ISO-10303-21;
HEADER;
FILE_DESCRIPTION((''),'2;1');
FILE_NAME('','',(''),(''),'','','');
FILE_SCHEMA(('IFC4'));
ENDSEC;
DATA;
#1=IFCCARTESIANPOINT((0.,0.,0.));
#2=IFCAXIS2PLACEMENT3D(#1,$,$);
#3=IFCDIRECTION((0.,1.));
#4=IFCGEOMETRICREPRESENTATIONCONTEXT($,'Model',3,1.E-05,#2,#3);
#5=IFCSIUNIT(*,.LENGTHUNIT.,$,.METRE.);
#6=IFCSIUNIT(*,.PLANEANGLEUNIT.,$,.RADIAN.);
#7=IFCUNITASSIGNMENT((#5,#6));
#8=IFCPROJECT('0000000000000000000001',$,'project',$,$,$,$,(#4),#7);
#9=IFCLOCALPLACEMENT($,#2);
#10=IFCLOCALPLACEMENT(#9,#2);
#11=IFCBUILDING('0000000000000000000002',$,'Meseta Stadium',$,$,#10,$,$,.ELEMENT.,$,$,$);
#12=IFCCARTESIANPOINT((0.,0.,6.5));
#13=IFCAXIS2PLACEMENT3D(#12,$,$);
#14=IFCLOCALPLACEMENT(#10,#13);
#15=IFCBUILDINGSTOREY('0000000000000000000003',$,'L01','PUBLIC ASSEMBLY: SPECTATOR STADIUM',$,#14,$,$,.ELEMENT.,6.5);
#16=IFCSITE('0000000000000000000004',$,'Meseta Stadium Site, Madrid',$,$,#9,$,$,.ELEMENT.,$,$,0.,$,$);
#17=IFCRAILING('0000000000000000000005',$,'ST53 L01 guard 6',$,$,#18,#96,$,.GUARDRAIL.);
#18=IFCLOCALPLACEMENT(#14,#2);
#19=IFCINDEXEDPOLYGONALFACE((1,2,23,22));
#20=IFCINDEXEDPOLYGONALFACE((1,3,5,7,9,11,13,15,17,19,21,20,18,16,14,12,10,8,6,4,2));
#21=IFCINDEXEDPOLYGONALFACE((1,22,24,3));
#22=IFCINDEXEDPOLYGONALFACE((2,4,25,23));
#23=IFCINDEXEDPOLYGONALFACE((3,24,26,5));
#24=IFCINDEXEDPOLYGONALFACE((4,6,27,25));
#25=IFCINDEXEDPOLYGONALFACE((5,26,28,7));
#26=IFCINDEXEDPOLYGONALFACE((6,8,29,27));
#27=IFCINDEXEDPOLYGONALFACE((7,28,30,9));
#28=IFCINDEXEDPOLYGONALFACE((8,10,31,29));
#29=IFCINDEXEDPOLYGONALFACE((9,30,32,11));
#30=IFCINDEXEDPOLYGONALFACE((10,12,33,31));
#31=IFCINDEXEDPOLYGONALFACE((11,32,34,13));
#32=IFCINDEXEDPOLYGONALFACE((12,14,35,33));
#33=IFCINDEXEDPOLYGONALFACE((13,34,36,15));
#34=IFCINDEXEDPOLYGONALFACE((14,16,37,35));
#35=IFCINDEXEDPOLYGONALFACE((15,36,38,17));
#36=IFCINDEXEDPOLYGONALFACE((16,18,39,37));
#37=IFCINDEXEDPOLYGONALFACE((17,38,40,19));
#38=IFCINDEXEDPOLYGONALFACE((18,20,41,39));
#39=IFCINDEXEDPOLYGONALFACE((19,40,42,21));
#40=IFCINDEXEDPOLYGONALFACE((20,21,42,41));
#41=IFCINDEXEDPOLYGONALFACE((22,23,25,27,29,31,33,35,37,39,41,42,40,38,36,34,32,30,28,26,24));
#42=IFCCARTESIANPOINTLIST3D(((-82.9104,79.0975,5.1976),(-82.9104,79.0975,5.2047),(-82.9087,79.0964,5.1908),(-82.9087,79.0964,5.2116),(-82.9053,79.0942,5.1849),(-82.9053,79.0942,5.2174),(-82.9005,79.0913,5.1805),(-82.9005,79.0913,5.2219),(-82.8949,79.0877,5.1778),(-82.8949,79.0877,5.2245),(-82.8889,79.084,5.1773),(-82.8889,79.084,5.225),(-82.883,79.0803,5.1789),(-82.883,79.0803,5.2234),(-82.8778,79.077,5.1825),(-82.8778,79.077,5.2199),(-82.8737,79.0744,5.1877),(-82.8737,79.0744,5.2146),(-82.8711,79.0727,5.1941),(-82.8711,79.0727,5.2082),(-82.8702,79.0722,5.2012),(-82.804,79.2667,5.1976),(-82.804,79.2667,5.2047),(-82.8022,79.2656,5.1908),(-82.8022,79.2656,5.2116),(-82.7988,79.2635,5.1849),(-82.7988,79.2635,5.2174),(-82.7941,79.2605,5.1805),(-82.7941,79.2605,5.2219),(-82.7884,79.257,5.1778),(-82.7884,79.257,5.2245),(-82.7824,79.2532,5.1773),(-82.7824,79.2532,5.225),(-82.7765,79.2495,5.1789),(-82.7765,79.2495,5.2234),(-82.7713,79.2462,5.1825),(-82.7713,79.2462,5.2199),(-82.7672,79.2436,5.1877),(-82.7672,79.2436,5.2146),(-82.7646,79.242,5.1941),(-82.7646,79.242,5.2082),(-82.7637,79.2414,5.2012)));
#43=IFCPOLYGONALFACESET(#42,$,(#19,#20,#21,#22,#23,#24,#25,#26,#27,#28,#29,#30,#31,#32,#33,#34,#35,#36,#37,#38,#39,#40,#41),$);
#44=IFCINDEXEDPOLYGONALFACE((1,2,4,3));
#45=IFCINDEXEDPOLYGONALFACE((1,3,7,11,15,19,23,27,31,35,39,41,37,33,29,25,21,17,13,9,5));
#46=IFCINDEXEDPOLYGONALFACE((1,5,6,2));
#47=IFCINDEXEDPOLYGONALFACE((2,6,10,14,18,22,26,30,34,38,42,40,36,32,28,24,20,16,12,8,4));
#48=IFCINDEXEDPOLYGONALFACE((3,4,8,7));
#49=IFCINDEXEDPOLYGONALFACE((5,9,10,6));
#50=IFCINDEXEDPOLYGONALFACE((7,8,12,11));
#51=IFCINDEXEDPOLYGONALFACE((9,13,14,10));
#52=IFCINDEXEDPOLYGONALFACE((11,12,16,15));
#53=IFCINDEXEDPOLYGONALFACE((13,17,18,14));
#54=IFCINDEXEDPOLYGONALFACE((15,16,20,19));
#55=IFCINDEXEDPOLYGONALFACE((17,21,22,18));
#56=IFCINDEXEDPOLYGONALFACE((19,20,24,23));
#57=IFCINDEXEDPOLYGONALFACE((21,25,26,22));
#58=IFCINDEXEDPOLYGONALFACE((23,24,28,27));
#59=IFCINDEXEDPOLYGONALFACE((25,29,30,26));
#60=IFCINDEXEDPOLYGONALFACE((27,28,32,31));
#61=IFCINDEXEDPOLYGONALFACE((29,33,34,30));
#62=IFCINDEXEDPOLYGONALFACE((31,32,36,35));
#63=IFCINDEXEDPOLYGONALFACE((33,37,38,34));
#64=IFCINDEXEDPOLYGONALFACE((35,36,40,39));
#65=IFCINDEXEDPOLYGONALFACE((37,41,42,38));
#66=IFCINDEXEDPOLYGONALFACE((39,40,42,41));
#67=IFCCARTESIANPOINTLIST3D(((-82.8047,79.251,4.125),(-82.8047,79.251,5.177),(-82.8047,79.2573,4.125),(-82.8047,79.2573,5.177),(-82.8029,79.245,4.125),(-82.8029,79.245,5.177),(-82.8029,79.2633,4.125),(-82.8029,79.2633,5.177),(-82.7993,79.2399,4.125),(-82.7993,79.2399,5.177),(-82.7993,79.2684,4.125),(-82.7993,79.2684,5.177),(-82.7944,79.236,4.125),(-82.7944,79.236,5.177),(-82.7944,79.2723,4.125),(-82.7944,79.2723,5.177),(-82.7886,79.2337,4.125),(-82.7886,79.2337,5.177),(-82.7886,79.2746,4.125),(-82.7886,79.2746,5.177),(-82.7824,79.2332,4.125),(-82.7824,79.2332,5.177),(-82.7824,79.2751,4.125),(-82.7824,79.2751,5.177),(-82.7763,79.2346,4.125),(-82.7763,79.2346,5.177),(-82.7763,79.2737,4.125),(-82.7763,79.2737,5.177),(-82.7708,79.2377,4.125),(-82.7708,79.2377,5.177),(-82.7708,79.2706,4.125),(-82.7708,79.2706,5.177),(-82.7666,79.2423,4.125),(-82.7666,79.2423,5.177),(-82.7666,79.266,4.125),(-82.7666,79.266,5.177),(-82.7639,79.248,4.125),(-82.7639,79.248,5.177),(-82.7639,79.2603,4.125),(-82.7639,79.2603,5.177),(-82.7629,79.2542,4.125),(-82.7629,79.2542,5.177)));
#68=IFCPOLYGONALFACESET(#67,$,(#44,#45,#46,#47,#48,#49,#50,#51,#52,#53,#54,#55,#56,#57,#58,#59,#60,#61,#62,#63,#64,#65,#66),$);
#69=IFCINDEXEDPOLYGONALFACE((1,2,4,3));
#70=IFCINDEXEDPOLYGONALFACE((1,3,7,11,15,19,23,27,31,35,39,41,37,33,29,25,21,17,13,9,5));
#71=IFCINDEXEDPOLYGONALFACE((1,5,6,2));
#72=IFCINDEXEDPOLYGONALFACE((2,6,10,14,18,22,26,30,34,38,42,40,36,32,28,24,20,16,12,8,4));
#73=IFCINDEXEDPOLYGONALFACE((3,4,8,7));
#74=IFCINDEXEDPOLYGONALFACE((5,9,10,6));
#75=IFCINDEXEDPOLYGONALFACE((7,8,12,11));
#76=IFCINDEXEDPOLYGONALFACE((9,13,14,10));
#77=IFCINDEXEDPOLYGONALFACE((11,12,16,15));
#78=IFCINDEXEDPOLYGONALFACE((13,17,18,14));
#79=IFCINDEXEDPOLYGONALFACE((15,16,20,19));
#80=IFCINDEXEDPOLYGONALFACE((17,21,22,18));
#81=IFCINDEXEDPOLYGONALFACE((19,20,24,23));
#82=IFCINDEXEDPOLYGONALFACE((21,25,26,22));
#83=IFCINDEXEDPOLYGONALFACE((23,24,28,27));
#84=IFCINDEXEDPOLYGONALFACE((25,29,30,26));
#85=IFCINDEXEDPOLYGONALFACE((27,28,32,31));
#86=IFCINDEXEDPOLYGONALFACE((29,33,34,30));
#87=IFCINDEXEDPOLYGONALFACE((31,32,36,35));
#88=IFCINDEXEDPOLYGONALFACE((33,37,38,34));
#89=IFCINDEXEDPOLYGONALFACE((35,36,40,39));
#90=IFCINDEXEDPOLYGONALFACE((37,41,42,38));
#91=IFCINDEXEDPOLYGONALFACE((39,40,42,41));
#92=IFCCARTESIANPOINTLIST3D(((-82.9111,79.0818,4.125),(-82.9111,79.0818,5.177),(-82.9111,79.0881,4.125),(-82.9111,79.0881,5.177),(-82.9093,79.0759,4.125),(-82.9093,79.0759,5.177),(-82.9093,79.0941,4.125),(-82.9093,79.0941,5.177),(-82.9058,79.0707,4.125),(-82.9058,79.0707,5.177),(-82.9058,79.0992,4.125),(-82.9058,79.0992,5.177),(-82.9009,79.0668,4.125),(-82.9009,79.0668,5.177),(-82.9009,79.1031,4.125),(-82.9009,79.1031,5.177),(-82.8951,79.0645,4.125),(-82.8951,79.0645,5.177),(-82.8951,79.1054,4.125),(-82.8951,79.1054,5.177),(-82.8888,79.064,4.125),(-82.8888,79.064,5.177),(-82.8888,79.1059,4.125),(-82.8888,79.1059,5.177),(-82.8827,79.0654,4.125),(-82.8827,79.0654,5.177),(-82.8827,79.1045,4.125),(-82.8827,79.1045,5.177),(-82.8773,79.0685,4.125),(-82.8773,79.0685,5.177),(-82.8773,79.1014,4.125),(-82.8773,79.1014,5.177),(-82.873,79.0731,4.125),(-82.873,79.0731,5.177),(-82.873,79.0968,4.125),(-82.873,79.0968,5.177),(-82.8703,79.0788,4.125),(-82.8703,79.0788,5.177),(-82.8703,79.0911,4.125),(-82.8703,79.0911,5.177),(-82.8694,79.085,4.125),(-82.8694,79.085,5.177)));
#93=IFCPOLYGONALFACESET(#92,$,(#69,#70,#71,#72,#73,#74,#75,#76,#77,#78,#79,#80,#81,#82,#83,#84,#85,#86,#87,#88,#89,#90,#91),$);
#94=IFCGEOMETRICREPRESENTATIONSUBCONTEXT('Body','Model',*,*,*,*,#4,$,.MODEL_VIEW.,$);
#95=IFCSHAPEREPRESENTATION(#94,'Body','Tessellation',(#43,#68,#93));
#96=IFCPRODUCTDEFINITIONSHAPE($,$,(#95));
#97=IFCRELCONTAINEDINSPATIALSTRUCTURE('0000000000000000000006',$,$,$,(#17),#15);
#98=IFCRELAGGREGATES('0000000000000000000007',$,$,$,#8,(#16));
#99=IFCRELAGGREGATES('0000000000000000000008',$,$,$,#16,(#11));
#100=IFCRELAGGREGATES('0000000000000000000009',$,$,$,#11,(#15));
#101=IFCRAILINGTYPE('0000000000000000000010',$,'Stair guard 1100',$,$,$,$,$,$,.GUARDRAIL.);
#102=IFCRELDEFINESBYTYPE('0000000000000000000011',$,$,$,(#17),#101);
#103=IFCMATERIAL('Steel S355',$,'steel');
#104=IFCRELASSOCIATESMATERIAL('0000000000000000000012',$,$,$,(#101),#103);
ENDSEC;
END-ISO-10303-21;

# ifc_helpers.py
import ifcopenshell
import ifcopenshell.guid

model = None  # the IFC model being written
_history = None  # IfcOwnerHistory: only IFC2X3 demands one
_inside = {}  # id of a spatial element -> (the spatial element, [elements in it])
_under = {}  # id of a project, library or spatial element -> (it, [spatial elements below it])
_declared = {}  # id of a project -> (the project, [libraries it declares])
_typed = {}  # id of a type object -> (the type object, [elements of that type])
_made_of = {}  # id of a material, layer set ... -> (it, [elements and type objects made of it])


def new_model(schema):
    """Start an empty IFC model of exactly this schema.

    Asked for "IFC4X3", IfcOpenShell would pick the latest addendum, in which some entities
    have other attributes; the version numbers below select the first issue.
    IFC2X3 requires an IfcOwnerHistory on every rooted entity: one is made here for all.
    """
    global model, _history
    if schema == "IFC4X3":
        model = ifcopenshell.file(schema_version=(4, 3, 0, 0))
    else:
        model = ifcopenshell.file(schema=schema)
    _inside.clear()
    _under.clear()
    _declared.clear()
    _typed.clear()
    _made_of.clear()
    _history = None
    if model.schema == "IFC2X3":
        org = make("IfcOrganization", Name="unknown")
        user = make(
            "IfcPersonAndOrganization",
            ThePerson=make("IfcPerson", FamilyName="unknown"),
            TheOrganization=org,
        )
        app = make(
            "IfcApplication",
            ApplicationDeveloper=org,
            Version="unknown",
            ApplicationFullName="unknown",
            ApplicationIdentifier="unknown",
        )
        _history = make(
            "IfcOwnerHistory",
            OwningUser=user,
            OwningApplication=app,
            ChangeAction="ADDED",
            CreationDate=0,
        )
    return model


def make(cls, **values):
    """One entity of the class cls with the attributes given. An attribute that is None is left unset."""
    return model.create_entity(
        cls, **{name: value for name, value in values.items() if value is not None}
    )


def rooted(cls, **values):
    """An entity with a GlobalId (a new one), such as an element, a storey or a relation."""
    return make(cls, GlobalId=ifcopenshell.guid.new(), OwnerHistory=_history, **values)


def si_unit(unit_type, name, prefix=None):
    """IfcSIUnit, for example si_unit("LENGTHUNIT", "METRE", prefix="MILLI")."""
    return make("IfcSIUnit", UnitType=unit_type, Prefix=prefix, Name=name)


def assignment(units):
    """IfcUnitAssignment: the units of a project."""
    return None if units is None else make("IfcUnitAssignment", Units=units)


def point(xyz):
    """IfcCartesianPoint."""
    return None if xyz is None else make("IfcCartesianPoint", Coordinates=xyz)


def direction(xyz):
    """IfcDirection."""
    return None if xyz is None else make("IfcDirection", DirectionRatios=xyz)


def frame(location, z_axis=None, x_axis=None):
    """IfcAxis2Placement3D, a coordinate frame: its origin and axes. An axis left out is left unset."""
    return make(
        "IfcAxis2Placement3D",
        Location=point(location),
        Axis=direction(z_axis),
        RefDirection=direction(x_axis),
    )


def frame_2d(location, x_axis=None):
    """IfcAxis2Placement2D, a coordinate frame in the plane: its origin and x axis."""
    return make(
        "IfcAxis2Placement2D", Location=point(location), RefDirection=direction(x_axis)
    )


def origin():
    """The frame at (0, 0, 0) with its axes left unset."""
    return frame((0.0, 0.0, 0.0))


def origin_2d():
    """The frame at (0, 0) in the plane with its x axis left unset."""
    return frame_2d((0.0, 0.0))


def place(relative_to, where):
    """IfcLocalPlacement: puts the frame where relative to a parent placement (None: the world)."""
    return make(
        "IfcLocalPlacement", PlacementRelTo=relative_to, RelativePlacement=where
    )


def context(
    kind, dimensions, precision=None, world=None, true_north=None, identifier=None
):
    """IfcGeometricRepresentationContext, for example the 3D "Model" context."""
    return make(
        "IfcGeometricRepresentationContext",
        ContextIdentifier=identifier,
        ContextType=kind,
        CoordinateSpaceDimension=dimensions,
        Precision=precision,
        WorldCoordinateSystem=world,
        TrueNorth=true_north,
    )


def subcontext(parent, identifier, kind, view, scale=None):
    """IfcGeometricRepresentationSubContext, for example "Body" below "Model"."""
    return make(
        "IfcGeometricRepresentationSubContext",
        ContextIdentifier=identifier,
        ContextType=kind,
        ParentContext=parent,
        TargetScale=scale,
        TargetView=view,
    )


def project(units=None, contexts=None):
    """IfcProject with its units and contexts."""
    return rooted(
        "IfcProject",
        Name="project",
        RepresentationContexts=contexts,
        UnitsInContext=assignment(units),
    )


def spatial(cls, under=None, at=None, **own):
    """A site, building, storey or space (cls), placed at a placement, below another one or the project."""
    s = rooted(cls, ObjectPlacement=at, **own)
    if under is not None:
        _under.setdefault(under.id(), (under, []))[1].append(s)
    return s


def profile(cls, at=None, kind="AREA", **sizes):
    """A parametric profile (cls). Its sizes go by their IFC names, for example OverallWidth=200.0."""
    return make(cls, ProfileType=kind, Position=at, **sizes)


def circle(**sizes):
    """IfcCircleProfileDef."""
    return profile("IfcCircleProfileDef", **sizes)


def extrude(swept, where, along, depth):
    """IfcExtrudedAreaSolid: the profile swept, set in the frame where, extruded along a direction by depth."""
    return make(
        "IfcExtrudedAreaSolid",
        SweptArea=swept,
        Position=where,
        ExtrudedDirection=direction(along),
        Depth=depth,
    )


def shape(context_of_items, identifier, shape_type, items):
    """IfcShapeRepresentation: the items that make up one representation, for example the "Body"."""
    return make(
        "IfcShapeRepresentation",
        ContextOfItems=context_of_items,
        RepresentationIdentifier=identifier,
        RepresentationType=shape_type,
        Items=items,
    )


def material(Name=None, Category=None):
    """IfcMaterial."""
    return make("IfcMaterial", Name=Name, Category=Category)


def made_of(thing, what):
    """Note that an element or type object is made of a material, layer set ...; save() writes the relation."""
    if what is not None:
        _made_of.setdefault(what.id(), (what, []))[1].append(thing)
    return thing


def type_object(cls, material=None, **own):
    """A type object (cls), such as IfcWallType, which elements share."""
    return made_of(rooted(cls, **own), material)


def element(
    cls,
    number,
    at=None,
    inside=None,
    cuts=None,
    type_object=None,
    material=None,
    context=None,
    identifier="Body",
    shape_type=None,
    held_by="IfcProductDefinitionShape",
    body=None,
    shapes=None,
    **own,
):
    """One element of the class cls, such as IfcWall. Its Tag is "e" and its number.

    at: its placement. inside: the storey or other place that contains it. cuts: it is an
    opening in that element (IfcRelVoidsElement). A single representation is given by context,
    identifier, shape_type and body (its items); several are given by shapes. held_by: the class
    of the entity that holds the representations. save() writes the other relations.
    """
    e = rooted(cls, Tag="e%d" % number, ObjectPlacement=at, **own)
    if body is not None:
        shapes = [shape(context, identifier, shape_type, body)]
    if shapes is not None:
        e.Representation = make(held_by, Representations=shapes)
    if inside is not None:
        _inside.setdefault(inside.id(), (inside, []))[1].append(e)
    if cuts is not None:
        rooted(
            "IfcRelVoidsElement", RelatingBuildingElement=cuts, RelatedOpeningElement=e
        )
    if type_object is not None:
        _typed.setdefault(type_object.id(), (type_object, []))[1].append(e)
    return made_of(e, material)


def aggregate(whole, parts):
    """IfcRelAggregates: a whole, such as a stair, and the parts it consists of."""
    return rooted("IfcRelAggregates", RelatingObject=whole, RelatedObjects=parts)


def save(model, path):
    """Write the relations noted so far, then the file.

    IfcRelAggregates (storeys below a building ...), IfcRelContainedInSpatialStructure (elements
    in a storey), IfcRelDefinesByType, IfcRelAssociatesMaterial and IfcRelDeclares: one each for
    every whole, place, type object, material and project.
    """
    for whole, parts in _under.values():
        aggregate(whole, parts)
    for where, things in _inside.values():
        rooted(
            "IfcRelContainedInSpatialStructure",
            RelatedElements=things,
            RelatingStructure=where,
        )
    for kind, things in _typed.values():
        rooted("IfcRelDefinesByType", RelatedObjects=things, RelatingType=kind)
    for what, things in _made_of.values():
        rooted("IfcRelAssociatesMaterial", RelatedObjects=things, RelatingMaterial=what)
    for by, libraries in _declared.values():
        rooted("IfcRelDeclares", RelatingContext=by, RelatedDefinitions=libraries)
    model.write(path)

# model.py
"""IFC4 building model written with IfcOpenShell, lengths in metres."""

from ifc_helpers import new_model, si_unit, direction, frame, origin, origin_2d, place, context, subcontext, project, spatial, circle, extrude, material, type_object, element, save


model = new_model("IFC4")

# Units and contexts
model_context = context("Model", 3, precision=1e-05, world=origin(), true_north=direction((0.0, 1.0)))
body_context = subcontext(model_context, "Body", "Model", "MODEL_VIEW")
ifc_project = project(units=[si_unit("LENGTHUNIT", "METRE"), si_unit("PLANEANGLEUNIT", "RADIAN")], contexts=[model_context])

# Site, building, storey
site_placement = place(None, origin())
site = spatial("IfcSite", under=ifc_project, at=site_placement, Name="Meseta Stadium Site, Madrid", CompositionType="ELEMENT", RefElevation=0.0)
building_placement = place(site_placement, origin())
building = spatial("IfcBuilding", under=site, at=building_placement, Name="Meseta Stadium", CompositionType="ELEMENT")
storey_placement = place(building_placement, frame((0.0, 0.0, 6.5)))
storey = spatial("IfcBuildingStorey", under=building, at=storey_placement, Name="L01", Description="PUBLIC ASSEMBLY: SPECTATOR STADIUM", CompositionType="ELEMENT", Elevation=6.5)

# Railing
ifc_material_1 = material(Name="Steel S355", Category="steel")
railing_type_1 = type_object("IfcRailingType", Name="Stair guard 1100", PredefinedType="GUARDRAIL", material=ifc_material_1)
railing_1_placement = place(storey_placement, frame((-82.7839, 79.2542, 4.125)))
element("IfcRailing", 1, at=railing_1_placement, inside=storey, type_object=railing_type_1, Name="ST53 L01 guard 6", PredefinedType="GUARDRAIL", context=body_context, shape_type="SweptSolid", body=[
    extrude(circle(Radius=0.0239, at=origin_2d()), frame((0.0, 0.0, 1.0762), z_axis=(-0.532522, -0.846416, 0.0), x_axis=(0.846416, -0.532522, 0.0)), (0.0, 0.0, 1.0), 0.2),
    extrude(circle(Radius=0.021, at=origin_2d()), origin(), (0.0, 0.0, 1.0), 1.052),
    extrude(circle(Radius=0.021, at=origin_2d()), frame((-0.1064, -0.1692, 0.0)), (0.0, 0.0, 1.0), 1.052),
])

save(model, "model.ifc")
